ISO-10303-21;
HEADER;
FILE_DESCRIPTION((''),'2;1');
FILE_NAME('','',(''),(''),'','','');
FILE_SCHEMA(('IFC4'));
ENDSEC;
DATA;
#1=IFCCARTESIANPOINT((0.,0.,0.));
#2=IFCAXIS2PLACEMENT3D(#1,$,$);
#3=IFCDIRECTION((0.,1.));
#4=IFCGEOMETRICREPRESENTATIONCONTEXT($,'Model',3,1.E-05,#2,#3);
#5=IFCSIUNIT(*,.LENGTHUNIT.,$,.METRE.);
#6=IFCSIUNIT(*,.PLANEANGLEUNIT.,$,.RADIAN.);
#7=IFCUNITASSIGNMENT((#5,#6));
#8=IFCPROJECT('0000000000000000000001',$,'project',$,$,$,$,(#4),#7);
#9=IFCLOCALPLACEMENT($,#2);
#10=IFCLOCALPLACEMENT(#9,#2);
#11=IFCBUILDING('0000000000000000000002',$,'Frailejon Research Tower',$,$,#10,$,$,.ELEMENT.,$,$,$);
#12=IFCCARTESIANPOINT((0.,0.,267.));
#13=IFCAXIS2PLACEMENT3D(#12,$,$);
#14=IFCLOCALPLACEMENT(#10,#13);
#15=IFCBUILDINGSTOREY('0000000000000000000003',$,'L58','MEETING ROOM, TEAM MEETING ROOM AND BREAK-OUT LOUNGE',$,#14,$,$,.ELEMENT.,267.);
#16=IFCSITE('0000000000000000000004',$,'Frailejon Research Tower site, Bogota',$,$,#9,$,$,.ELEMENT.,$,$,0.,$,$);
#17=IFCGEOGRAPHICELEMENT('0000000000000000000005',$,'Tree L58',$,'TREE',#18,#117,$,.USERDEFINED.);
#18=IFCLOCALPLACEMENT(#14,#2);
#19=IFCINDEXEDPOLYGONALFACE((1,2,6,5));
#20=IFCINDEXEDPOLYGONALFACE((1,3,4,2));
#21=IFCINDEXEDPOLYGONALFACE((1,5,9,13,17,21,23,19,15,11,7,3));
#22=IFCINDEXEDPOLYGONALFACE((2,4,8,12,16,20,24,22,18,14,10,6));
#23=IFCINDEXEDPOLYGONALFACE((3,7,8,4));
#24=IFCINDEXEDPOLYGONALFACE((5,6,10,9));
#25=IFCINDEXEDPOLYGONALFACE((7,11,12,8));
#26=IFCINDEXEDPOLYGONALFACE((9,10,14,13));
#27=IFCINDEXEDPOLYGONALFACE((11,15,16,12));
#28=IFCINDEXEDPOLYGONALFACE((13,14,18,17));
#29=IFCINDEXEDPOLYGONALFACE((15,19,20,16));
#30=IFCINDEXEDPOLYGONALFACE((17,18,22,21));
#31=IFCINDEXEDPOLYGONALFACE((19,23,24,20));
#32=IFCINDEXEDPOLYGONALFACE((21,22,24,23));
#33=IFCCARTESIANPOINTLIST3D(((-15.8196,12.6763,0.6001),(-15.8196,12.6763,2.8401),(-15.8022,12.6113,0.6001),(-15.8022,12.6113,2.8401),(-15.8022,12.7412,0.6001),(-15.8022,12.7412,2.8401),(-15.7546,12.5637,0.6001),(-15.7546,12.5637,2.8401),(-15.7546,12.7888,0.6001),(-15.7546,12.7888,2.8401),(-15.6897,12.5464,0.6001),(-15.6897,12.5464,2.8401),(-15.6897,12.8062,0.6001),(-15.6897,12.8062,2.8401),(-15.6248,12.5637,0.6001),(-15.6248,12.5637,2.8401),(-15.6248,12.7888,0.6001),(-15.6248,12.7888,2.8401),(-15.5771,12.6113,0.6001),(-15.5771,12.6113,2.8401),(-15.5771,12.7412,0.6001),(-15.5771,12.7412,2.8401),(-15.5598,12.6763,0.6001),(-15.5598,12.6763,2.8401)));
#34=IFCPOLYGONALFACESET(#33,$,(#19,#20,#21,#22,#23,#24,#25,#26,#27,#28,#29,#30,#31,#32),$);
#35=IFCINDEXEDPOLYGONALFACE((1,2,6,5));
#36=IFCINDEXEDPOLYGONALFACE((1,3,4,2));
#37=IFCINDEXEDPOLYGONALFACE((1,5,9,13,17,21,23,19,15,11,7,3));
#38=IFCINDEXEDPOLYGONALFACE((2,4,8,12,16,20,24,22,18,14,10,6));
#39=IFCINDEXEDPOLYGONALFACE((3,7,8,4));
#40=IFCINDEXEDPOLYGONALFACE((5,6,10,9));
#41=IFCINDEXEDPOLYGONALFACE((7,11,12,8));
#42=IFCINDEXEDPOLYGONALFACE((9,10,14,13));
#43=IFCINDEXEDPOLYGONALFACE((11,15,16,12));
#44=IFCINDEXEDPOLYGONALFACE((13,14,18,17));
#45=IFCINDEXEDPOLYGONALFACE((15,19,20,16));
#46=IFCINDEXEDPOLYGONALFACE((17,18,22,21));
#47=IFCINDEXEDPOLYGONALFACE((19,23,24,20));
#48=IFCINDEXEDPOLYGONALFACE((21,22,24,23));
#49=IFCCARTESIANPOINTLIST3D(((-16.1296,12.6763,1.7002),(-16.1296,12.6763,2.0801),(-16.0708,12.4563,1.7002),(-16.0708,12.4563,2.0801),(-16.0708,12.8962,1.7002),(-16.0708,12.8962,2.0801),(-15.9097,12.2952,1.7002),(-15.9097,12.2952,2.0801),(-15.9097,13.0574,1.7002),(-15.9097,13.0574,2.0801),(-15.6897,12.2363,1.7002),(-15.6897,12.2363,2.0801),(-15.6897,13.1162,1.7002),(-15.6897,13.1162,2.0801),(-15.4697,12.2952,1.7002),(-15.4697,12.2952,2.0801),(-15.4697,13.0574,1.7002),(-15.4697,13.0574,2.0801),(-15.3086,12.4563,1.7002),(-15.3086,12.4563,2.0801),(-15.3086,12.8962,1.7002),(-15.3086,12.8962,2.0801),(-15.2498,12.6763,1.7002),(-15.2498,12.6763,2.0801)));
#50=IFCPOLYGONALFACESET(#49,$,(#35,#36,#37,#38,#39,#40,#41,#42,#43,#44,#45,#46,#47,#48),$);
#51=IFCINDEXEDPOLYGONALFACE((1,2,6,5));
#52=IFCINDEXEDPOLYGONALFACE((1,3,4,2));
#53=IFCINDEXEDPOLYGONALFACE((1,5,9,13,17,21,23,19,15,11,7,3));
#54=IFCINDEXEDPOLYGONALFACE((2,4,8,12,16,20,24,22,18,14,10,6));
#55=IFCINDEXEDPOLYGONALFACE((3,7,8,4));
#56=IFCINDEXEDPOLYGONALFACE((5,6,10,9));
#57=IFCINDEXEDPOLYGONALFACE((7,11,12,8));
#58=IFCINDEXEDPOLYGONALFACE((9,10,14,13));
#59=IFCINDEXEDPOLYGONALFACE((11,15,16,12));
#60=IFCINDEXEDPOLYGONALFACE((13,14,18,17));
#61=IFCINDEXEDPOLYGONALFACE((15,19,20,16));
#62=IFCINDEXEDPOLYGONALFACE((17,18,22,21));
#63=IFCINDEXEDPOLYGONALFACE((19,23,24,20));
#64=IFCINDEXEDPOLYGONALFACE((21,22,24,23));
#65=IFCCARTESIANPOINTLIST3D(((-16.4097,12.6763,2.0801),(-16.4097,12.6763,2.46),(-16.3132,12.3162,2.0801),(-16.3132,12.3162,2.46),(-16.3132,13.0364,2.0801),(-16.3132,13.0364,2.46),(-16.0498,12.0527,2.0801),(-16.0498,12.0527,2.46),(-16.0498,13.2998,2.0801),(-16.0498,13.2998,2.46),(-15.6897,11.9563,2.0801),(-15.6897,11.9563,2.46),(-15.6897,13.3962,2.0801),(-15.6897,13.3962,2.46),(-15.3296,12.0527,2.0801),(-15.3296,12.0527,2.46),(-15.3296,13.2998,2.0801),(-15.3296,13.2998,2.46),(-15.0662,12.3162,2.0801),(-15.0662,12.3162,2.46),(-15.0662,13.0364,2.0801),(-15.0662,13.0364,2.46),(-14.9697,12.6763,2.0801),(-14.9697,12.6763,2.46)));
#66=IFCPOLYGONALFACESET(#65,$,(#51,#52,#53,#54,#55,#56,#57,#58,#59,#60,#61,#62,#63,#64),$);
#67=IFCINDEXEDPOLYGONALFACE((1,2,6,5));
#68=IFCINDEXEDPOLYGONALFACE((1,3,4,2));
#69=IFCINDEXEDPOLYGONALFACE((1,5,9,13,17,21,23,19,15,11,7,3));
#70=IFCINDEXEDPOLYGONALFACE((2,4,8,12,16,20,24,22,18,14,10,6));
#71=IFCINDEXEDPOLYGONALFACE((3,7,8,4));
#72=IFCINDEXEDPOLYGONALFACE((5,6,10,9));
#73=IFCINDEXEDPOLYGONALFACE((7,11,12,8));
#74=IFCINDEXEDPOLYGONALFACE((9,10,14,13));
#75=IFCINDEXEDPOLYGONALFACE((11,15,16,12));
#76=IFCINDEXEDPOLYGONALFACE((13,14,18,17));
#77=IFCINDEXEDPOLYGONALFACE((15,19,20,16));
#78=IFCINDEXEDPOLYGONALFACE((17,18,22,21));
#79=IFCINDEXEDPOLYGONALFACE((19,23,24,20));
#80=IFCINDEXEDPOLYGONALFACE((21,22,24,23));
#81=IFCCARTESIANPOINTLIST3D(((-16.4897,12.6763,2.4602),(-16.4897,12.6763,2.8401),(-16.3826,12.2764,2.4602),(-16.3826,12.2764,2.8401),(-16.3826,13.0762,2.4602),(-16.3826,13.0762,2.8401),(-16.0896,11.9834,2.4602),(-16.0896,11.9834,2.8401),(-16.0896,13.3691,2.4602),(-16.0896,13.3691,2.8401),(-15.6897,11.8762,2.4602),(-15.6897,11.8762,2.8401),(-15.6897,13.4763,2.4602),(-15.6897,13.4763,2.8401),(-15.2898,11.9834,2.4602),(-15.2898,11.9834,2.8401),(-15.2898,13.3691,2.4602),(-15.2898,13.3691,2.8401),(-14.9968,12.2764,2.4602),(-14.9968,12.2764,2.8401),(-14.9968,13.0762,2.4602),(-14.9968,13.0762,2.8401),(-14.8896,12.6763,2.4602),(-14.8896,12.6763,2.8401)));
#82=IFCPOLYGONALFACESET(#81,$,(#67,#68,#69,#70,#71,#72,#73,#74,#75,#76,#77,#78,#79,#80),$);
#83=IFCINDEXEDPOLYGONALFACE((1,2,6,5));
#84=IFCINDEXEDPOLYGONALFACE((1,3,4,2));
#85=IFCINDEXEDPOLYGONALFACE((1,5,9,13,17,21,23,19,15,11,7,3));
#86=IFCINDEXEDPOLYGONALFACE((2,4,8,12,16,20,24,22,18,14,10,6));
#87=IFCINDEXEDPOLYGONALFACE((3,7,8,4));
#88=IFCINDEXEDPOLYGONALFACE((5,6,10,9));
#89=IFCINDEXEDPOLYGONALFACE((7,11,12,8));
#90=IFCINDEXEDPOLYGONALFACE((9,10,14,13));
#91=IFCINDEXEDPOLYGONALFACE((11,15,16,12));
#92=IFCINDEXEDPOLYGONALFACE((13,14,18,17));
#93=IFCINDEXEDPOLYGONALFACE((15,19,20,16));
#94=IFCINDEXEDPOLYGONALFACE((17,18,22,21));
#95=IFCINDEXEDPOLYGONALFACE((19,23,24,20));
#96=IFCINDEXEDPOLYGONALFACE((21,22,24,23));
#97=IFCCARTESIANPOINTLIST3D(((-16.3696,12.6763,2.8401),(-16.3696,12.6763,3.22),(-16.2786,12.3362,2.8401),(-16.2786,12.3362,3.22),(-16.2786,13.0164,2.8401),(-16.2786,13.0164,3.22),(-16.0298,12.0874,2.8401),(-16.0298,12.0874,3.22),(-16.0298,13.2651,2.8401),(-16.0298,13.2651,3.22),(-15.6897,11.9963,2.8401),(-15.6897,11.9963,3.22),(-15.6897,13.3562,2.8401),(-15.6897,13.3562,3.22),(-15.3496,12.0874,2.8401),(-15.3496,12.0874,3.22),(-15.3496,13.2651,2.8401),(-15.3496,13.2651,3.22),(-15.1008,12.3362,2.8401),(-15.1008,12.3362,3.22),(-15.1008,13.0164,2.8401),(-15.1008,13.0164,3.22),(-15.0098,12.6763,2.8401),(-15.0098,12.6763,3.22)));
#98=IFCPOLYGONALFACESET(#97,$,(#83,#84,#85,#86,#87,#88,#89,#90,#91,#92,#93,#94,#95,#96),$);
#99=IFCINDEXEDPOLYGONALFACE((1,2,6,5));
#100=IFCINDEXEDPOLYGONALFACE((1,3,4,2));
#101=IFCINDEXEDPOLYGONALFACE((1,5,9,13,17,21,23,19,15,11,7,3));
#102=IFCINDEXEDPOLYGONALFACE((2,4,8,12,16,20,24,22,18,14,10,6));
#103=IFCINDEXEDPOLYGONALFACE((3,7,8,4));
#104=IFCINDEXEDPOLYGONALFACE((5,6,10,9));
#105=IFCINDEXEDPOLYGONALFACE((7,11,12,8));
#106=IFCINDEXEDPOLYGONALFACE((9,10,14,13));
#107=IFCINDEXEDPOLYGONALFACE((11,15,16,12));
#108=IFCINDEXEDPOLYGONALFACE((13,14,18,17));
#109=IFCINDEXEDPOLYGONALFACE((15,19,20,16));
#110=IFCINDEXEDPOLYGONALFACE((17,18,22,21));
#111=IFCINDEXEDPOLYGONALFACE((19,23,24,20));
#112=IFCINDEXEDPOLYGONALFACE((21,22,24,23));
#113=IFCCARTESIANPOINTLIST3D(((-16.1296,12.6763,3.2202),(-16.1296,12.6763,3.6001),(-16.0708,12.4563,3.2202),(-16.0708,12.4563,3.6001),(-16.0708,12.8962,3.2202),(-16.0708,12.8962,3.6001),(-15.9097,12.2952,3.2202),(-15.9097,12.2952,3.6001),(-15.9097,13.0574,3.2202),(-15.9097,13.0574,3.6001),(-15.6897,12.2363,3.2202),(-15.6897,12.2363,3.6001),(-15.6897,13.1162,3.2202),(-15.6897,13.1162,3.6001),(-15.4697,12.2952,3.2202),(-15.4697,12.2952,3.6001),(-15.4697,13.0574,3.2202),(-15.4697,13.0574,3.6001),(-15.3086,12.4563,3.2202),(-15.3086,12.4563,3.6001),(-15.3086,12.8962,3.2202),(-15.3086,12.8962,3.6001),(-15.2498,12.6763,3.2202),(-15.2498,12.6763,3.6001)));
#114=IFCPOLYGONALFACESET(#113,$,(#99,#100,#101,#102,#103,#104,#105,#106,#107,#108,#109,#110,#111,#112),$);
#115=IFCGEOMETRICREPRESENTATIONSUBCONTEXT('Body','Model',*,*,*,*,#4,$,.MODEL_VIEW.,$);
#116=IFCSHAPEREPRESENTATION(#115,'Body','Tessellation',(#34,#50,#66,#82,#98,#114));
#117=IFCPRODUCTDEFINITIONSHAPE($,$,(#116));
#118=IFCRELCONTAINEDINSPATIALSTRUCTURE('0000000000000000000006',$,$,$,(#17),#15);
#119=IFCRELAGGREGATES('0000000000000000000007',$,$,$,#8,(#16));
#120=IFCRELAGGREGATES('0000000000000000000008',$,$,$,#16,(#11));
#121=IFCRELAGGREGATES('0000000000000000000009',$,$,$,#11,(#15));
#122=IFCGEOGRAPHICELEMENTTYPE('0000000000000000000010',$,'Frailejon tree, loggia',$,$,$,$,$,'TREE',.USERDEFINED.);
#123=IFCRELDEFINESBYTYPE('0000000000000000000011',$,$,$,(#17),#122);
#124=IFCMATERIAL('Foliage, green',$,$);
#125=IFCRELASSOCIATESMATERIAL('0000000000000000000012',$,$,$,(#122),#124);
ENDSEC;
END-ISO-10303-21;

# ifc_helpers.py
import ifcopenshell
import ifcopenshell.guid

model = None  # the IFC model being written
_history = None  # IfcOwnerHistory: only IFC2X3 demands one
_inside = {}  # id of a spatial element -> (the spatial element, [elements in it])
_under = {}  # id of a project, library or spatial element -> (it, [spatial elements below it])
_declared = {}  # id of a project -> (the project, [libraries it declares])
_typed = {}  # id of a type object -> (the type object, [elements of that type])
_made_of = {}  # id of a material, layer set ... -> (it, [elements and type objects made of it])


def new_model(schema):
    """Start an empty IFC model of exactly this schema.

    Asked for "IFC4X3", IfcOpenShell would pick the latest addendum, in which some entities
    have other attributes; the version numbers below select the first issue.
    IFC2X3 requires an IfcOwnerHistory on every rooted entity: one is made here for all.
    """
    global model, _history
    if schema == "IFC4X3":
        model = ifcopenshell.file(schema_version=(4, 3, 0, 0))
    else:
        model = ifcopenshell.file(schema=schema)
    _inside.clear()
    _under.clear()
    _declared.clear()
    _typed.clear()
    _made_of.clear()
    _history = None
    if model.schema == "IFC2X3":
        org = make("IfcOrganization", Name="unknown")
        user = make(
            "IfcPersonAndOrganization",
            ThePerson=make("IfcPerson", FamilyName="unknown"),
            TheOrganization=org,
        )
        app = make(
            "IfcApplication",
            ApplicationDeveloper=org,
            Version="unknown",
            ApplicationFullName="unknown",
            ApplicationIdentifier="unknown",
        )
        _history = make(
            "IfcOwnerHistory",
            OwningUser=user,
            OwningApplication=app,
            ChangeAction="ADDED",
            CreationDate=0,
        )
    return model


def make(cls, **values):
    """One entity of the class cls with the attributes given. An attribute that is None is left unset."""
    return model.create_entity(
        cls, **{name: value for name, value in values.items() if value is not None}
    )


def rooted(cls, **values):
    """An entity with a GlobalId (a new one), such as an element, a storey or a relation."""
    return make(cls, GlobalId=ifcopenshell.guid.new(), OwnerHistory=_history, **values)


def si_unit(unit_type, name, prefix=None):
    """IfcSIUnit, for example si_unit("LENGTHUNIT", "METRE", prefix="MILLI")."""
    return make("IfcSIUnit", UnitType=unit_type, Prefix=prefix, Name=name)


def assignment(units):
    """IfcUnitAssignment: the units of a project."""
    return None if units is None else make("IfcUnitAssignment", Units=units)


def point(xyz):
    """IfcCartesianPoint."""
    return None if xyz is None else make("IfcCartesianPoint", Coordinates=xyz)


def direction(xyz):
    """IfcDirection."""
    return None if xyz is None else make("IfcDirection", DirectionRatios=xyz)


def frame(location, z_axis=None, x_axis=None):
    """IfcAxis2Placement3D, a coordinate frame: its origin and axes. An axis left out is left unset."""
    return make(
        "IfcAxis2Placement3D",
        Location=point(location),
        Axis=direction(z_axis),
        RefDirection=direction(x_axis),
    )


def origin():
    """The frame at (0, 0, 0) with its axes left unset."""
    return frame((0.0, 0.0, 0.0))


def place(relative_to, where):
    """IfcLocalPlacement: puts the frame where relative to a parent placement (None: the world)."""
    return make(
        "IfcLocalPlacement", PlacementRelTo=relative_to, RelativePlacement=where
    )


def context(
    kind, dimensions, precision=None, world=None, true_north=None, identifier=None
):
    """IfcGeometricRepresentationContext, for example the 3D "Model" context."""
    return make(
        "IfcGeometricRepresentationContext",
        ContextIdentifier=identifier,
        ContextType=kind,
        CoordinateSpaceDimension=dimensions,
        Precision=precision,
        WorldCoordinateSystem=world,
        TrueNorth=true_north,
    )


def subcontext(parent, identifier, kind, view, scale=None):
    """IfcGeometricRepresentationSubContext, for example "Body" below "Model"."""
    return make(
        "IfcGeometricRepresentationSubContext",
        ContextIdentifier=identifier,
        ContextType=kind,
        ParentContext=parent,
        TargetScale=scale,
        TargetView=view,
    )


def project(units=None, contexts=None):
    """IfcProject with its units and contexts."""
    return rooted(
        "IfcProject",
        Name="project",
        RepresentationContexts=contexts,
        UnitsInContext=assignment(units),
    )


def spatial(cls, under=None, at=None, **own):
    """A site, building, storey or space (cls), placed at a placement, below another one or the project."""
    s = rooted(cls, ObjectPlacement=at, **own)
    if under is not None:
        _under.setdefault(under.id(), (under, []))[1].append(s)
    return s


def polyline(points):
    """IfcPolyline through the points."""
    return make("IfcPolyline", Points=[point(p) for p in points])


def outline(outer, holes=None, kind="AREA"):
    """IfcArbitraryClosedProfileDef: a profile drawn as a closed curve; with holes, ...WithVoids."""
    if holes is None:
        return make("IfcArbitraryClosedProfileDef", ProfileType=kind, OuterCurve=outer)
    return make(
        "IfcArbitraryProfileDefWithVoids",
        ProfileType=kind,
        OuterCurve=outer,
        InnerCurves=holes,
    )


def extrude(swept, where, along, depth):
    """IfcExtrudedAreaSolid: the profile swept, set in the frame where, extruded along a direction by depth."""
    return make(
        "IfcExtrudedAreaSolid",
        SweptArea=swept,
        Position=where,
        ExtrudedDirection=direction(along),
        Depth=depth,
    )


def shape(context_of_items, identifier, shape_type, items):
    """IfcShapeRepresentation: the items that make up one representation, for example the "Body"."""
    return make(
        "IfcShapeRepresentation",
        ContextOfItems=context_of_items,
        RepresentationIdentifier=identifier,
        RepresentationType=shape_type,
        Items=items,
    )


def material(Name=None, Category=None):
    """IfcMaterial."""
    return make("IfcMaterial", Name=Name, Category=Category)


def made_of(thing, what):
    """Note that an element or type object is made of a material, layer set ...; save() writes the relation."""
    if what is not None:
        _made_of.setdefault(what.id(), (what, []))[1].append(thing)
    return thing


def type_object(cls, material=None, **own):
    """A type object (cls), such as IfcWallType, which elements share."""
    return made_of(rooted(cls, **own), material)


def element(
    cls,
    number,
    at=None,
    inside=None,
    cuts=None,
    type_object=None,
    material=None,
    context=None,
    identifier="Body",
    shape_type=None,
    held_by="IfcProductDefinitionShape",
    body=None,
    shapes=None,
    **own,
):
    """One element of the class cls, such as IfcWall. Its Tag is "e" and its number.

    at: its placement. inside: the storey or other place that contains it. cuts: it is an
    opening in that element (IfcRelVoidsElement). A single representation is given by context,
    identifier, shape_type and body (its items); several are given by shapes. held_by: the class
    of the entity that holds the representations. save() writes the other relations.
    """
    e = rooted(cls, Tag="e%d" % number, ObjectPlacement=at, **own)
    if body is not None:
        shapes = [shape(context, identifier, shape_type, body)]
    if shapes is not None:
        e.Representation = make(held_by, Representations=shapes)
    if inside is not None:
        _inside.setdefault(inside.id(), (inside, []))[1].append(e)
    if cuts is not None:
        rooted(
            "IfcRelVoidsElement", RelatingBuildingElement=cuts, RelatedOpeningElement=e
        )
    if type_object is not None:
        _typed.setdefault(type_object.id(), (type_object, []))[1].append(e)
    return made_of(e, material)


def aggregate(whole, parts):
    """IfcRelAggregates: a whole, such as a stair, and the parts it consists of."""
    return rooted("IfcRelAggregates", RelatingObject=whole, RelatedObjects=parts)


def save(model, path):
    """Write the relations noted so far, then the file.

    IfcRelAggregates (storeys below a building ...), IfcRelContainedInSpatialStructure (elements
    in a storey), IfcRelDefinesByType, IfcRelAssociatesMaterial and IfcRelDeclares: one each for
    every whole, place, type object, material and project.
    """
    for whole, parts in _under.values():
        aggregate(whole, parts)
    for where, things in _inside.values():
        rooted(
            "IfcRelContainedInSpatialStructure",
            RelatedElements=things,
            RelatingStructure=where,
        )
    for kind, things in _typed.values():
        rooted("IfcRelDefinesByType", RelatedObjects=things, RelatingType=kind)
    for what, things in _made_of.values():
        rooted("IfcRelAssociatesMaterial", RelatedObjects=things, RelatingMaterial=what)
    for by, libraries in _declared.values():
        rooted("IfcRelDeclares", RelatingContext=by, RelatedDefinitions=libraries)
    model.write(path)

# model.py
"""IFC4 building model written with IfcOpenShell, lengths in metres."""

from ifc_helpers import new_model, si_unit, direction, frame, origin, place, context, subcontext, project, spatial, polyline, outline, extrude, material, type_object, element, save


model = new_model("IFC4")

# Units and contexts
model_context = context("Model", 3, precision=1e-05, world=origin(), true_north=direction((0.0, 1.0)))
body_context = subcontext(model_context, "Body", "Model", "MODEL_VIEW")
ifc_project = project(units=[si_unit("LENGTHUNIT", "METRE"), si_unit("PLANEANGLEUNIT", "RADIAN")], contexts=[model_context])

# Site, building, storey
site_placement = place(None, origin())
site = spatial("IfcSite", under=ifc_project, at=site_placement, Name="Frailejon Research Tower site, Bogota", CompositionType="ELEMENT", RefElevation=0.0)
building_placement = place(site_placement, origin())
building = spatial("IfcBuilding", under=site, at=building_placement, Name="Frailejon Research Tower", CompositionType="ELEMENT")
storey_placement = place(building_placement, frame((0.0, 0.0, 267.0)))
storey = spatial("IfcBuildingStorey", under=building, at=storey_placement, Name="L58", Description="MEETING ROOM, TEAM MEETING ROOM AND BREAK-OUT LOUNGE", CompositionType="ELEMENT", Elevation=267.0)

# Geographic element
ifc_material_1 = material(Name="Foliage, green")
geographic_element_type = type_object("IfcGeographicElementType", Name="Frailejon tree, loggia", ElementType="TREE", PredefinedType="USERDEFINED", material=ifc_material_1)
geographic_element_placement = place(storey_placement, frame((-15.6897, 12.6763, 0.6001)))
element("IfcGeographicElement", 1, at=geographic_element_placement, inside=storey, type_object=geographic_element_type, Name="Tree L58", ObjectType="TREE", PredefinedType="USERDEFINED", context=body_context, shape_type="SweptSolid", body=[
    extrude(outline(polyline([(0.1299, 0.0), (0.1125, 0.0649), (0.0649, 0.1125), (0.0, 0.1299), (-0.0649, 0.1125), (-0.1125, 0.0649), (-0.1299, 0.0), (-0.1125, -0.0649), (-0.0649, -0.1125), (0.0, -0.1299), (0.0649, -0.1125), (0.1125, -0.0649), (0.1299, 0.0)])), origin(), (0.0, 0.0, 1.0), 2.24),
    extrude(outline(polyline([(0.4399, 0.0), (0.3811, 0.22), (0.22, 0.3811), (0.0, 0.4399), (-0.22, 0.3811), (-0.3811, 0.22), (-0.4399, 0.0), (-0.3811, -0.22), (-0.22, -0.3811), (0.0, -0.4399), (0.22, -0.3811), (0.3811, -0.22), (0.4399, 0.0)])), frame((0.0, 0.0, 1.1001)), (0.0, 0.0, 1.0), 0.3799),
    extrude(outline(polyline([(0.72, 0.0), (0.6235, 0.3601), (0.3601, 0.6235), (0.0, 0.72), (-0.3601, 0.6235), (-0.6235, 0.3601), (-0.72, 0.0), (-0.6235, -0.3601), (-0.3601, -0.6235), (0.0, -0.72), (0.3601, -0.6235), (0.6235, -0.3601), (0.72, 0.0)])), frame((0.0, 0.0, 1.48)), (0.0, 0.0, 1.0), 0.3799),
    extrude(outline(polyline([(0.8, 0.0), (0.6929, 0.3999), (0.3999, 0.6929), (0.0, 0.8), (-0.3999, 0.6929), (-0.6929, 0.3999), (-0.8, 0.0), (-0.6929, -0.3999), (-0.3999, -0.6929), (0.0, -0.8), (0.3999, -0.6929), (0.6929, -0.3999), (0.8, 0.0)])), frame((0.0, 0.0, 1.8601)), (0.0, 0.0, 1.0), 0.3799),
    extrude(outline(polyline([(0.6799, 0.0), (0.5889, 0.3401), (0.3401, 0.5889), (0.0, 0.6799), (-0.3401, 0.5889), (-0.5889, 0.3401), (-0.6799, 0.0), (-0.5889, -0.3401), (-0.3401, -0.5889), (0.0, -0.6799), (0.3401, -0.5889), (0.5889, -0.3401), (0.6799, 0.0)])), frame((0.0, 0.0, 2.24)), (0.0, 0.0, 1.0), 0.3799),
    extrude(outline(polyline([(0.4399, 0.0), (0.3811, 0.22), (0.22, 0.3811), (0.0, 0.4399), (-0.22, 0.3811), (-0.3811, 0.22), (-0.4399, 0.0), (-0.3811, -0.22), (-0.22, -0.3811), (0.0, -0.4399), (0.22, -0.3811), (0.3811, -0.22), (0.4399, 0.0)])), frame((0.0, 0.0, 2.6201)), (0.0, 0.0, 1.0), 0.3799),
])

save(model, "model.ifc")
